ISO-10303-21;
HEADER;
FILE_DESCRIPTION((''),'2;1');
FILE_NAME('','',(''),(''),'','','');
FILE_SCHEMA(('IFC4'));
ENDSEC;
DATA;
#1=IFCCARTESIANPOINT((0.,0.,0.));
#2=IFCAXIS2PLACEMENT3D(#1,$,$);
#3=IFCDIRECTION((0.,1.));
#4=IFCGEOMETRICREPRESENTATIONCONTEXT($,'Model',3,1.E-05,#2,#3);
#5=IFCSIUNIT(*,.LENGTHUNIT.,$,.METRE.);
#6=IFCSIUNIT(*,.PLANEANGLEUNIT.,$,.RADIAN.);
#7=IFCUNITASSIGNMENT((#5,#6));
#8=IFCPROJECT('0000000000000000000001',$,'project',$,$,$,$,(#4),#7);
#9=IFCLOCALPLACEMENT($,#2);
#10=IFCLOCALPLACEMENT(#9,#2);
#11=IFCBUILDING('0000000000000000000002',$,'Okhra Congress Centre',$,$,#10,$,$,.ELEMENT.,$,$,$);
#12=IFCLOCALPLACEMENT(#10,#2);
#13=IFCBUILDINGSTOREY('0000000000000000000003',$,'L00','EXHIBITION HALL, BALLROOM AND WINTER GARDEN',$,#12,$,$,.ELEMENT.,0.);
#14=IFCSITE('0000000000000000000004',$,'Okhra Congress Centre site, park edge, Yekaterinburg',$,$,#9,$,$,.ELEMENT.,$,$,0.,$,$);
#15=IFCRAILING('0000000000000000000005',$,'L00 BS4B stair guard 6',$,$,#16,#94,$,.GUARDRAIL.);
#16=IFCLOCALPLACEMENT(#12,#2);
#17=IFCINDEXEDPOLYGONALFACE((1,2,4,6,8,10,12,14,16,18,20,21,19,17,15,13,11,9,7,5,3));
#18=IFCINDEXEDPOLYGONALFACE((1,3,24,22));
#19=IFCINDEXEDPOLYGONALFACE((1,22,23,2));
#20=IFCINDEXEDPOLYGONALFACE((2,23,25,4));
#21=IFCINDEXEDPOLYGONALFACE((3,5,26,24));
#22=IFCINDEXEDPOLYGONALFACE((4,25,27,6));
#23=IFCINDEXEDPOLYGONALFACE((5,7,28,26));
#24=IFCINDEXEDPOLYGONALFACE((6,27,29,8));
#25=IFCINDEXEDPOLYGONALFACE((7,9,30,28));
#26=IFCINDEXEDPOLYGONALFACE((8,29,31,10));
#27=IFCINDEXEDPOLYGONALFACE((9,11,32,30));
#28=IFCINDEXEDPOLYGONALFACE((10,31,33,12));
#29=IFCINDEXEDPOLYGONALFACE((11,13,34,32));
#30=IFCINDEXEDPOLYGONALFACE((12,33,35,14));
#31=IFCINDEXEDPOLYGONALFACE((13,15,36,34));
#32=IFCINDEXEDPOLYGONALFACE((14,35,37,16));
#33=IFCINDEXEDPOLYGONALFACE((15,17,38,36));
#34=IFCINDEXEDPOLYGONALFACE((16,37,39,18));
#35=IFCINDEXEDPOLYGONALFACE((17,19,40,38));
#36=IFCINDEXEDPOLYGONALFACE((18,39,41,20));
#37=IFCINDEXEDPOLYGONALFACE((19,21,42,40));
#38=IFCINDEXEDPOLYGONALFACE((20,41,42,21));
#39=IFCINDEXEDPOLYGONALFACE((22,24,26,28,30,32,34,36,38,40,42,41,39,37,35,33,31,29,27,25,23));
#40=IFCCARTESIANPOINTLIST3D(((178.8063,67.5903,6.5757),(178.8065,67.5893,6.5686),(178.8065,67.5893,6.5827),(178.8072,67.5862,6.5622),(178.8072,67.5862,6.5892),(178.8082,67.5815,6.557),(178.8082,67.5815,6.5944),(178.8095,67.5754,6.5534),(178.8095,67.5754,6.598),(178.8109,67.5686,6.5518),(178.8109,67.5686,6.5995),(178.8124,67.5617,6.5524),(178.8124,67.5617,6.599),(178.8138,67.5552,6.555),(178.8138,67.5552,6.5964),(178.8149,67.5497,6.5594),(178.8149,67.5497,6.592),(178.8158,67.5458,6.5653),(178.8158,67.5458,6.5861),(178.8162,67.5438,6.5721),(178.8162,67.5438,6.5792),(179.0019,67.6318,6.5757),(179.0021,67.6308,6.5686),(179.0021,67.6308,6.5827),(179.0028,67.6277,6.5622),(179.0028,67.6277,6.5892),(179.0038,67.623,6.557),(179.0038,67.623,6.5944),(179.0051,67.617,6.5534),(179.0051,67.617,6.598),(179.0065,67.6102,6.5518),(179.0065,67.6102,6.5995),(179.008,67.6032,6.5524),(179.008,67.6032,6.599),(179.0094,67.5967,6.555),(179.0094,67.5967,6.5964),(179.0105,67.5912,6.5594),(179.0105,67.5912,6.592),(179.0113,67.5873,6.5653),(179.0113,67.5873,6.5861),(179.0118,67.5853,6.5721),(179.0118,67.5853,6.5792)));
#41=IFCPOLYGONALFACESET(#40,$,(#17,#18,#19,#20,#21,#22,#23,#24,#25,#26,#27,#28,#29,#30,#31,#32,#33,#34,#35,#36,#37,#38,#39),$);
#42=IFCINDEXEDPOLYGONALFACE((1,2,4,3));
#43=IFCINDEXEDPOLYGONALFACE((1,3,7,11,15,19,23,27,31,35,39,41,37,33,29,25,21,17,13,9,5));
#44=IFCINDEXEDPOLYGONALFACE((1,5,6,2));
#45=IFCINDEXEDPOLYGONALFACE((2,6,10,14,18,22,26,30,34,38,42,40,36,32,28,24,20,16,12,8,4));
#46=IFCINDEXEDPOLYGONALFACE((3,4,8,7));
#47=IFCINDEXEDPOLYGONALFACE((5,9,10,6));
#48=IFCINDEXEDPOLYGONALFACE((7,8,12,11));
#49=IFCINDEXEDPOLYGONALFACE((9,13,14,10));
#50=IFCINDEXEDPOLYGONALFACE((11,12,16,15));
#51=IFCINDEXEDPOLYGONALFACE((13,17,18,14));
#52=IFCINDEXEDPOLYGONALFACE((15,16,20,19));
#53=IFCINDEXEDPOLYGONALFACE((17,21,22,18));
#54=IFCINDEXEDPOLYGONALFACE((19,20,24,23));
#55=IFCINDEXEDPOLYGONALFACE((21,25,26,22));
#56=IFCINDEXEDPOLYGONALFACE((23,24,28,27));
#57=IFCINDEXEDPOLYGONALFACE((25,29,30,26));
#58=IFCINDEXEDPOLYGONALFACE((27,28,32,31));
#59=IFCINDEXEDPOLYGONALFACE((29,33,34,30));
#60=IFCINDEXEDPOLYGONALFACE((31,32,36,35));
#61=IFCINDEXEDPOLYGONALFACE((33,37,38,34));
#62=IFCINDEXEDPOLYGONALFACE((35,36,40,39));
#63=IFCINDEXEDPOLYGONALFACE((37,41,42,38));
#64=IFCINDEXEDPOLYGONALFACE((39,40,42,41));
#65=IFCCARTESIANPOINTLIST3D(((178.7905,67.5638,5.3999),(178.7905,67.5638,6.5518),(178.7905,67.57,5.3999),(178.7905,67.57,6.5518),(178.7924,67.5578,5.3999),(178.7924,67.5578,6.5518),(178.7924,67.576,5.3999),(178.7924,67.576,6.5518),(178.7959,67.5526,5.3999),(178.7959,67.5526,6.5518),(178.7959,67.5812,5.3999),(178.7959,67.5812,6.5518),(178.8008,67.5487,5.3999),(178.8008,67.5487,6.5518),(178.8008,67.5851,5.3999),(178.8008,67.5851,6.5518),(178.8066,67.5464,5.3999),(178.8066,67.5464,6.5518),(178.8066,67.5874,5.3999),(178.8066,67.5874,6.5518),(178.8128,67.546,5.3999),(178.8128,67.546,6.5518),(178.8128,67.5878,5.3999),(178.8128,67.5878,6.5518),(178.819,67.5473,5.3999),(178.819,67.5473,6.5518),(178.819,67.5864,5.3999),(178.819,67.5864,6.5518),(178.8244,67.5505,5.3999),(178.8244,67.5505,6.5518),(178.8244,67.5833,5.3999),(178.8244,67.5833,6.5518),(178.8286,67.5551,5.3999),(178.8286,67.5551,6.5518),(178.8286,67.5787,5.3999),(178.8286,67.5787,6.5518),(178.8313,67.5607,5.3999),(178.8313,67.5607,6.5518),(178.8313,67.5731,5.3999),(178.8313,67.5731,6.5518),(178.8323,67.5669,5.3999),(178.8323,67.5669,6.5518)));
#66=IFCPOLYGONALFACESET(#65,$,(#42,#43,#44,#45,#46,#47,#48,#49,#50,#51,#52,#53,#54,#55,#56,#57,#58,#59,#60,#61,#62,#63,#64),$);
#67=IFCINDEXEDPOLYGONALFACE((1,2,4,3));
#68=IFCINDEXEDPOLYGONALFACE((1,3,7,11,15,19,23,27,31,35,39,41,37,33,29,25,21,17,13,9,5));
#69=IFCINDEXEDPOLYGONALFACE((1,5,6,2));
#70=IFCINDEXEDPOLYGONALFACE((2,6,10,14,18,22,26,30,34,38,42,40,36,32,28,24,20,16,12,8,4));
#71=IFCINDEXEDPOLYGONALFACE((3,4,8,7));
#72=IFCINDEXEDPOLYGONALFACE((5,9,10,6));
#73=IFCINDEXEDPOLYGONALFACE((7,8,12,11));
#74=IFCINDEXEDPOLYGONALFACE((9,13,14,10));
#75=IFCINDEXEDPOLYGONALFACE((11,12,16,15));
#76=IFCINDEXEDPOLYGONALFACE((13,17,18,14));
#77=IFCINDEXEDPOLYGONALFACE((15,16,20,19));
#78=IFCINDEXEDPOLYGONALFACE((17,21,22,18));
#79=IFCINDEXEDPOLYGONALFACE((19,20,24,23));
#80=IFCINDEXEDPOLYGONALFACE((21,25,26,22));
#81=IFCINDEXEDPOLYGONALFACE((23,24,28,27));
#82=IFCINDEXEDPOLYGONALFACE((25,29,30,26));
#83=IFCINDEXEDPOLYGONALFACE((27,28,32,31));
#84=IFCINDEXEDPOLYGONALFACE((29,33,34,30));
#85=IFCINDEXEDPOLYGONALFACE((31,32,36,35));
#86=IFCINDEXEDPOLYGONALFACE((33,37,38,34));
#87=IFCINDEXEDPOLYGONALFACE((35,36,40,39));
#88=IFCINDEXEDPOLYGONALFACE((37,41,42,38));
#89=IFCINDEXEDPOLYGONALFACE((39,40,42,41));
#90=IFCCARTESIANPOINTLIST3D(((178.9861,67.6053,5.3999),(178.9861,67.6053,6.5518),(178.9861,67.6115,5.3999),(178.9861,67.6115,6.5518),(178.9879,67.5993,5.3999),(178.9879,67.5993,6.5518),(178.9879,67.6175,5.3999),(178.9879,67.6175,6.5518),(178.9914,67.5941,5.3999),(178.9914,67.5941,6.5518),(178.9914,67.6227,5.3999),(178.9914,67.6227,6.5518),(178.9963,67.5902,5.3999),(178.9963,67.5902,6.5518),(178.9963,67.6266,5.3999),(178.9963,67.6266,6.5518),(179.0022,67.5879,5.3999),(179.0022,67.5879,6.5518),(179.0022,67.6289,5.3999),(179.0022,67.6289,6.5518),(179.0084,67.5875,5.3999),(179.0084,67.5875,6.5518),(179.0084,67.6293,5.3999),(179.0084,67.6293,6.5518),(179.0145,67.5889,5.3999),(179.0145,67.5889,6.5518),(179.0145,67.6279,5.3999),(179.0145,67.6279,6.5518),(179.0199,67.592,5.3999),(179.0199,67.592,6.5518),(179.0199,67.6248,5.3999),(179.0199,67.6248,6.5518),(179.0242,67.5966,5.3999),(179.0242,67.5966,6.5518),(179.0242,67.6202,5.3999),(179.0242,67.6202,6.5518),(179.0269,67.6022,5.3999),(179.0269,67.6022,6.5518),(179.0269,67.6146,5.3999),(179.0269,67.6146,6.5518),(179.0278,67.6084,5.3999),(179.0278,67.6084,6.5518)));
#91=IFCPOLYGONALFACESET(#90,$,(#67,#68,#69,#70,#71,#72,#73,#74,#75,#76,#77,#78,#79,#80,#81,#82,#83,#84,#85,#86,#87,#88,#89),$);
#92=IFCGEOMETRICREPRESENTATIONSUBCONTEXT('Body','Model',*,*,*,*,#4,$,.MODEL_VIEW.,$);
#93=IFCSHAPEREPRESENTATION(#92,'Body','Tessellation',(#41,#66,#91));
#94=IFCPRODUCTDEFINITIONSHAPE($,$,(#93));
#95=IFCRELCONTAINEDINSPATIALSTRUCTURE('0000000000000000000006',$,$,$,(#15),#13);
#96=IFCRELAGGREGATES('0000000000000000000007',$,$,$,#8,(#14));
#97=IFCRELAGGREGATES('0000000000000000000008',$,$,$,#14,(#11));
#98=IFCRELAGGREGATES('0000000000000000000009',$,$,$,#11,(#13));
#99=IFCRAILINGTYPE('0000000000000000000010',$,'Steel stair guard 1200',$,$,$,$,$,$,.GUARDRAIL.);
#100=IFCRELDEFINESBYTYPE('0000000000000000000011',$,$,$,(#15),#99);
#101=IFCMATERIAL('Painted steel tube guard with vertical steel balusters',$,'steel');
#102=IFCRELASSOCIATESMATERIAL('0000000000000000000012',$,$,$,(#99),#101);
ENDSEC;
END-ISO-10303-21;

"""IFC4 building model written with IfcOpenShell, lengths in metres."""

from ifc_helpers import new_model, si_unit, direction, frame, origin, origin_2d, place, context, subcontext, project, spatial, circle, extrude, material, type_object, element, save


model = new_model("IFC4")

# Units and contexts
model_context = context("Model", 3, precision=1e-05, world=origin(), true_north=direction((0.0, 1.0)))
body_context = subcontext(model_context, "Body", "Model", "MODEL_VIEW")
ifc_project = project(units=[si_unit("LENGTHUNIT", "METRE"), si_unit("PLANEANGLEUNIT", "RADIAN")], contexts=[model_context])

# Site, building, storey
site_placement = place(None, origin())
site = spatial("IfcSite", under=ifc_project, at=site_placement, Name="Okhra Congress Centre site, park edge, Yekaterinburg", CompositionType="ELEMENT", RefElevation=0.0)
building_placement = place(site_placement, origin())
building = spatial("IfcBuilding", under=site, at=building_placement, Name="Okhra Congress Centre", CompositionType="ELEMENT")
storey_placement = place(building_placement, origin())
storey = spatial("IfcBuildingStorey", under=building, at=storey_placement, Name="L00", Description="EXHIBITION HALL, BALLROOM AND WINTER GARDEN", CompositionType="ELEMENT", Elevation=0.0)

# Railing
ifc_material_1 = material(Name="Painted steel tube guard with vertical steel balusters", Category="steel")
railing_type_1 = type_object("IfcRailingType", Name="Steel stair guard 1200", PredefinedType="GUARDRAIL", material=ifc_material_1)
railing_1_placement = place(storey_placement, frame((178.8113, 67.5669, 5.3999)))
element("IfcRailing", 1, at=railing_1_placement, inside=storey, type_object=railing_type_1, Name="L00 BS4B stair guard 6", PredefinedType="GUARDRAIL", context=body_context, shape_type="SweptSolid", body=[
    extrude(circle(Radius=0.0239, at=origin_2d()), frame((0.0, 0.0, 1.1758), z_axis=(0.978212, 0.20761, 0.0), x_axis=(-0.20761, 0.978212, 0.0)), (0.0, 0.0, 1.0), 0.2),
    extrude(circle(Radius=0.021, at=origin_2d()), origin(), (0.0, 0.0, 1.0), 1.1519),
    extrude(circle(Radius=0.021, at=origin_2d()), frame((0.1956, 0.0415, 0.0)), (0.0, 0.0, 1.0), 1.1519),
])

save(model, "model.ifc")
